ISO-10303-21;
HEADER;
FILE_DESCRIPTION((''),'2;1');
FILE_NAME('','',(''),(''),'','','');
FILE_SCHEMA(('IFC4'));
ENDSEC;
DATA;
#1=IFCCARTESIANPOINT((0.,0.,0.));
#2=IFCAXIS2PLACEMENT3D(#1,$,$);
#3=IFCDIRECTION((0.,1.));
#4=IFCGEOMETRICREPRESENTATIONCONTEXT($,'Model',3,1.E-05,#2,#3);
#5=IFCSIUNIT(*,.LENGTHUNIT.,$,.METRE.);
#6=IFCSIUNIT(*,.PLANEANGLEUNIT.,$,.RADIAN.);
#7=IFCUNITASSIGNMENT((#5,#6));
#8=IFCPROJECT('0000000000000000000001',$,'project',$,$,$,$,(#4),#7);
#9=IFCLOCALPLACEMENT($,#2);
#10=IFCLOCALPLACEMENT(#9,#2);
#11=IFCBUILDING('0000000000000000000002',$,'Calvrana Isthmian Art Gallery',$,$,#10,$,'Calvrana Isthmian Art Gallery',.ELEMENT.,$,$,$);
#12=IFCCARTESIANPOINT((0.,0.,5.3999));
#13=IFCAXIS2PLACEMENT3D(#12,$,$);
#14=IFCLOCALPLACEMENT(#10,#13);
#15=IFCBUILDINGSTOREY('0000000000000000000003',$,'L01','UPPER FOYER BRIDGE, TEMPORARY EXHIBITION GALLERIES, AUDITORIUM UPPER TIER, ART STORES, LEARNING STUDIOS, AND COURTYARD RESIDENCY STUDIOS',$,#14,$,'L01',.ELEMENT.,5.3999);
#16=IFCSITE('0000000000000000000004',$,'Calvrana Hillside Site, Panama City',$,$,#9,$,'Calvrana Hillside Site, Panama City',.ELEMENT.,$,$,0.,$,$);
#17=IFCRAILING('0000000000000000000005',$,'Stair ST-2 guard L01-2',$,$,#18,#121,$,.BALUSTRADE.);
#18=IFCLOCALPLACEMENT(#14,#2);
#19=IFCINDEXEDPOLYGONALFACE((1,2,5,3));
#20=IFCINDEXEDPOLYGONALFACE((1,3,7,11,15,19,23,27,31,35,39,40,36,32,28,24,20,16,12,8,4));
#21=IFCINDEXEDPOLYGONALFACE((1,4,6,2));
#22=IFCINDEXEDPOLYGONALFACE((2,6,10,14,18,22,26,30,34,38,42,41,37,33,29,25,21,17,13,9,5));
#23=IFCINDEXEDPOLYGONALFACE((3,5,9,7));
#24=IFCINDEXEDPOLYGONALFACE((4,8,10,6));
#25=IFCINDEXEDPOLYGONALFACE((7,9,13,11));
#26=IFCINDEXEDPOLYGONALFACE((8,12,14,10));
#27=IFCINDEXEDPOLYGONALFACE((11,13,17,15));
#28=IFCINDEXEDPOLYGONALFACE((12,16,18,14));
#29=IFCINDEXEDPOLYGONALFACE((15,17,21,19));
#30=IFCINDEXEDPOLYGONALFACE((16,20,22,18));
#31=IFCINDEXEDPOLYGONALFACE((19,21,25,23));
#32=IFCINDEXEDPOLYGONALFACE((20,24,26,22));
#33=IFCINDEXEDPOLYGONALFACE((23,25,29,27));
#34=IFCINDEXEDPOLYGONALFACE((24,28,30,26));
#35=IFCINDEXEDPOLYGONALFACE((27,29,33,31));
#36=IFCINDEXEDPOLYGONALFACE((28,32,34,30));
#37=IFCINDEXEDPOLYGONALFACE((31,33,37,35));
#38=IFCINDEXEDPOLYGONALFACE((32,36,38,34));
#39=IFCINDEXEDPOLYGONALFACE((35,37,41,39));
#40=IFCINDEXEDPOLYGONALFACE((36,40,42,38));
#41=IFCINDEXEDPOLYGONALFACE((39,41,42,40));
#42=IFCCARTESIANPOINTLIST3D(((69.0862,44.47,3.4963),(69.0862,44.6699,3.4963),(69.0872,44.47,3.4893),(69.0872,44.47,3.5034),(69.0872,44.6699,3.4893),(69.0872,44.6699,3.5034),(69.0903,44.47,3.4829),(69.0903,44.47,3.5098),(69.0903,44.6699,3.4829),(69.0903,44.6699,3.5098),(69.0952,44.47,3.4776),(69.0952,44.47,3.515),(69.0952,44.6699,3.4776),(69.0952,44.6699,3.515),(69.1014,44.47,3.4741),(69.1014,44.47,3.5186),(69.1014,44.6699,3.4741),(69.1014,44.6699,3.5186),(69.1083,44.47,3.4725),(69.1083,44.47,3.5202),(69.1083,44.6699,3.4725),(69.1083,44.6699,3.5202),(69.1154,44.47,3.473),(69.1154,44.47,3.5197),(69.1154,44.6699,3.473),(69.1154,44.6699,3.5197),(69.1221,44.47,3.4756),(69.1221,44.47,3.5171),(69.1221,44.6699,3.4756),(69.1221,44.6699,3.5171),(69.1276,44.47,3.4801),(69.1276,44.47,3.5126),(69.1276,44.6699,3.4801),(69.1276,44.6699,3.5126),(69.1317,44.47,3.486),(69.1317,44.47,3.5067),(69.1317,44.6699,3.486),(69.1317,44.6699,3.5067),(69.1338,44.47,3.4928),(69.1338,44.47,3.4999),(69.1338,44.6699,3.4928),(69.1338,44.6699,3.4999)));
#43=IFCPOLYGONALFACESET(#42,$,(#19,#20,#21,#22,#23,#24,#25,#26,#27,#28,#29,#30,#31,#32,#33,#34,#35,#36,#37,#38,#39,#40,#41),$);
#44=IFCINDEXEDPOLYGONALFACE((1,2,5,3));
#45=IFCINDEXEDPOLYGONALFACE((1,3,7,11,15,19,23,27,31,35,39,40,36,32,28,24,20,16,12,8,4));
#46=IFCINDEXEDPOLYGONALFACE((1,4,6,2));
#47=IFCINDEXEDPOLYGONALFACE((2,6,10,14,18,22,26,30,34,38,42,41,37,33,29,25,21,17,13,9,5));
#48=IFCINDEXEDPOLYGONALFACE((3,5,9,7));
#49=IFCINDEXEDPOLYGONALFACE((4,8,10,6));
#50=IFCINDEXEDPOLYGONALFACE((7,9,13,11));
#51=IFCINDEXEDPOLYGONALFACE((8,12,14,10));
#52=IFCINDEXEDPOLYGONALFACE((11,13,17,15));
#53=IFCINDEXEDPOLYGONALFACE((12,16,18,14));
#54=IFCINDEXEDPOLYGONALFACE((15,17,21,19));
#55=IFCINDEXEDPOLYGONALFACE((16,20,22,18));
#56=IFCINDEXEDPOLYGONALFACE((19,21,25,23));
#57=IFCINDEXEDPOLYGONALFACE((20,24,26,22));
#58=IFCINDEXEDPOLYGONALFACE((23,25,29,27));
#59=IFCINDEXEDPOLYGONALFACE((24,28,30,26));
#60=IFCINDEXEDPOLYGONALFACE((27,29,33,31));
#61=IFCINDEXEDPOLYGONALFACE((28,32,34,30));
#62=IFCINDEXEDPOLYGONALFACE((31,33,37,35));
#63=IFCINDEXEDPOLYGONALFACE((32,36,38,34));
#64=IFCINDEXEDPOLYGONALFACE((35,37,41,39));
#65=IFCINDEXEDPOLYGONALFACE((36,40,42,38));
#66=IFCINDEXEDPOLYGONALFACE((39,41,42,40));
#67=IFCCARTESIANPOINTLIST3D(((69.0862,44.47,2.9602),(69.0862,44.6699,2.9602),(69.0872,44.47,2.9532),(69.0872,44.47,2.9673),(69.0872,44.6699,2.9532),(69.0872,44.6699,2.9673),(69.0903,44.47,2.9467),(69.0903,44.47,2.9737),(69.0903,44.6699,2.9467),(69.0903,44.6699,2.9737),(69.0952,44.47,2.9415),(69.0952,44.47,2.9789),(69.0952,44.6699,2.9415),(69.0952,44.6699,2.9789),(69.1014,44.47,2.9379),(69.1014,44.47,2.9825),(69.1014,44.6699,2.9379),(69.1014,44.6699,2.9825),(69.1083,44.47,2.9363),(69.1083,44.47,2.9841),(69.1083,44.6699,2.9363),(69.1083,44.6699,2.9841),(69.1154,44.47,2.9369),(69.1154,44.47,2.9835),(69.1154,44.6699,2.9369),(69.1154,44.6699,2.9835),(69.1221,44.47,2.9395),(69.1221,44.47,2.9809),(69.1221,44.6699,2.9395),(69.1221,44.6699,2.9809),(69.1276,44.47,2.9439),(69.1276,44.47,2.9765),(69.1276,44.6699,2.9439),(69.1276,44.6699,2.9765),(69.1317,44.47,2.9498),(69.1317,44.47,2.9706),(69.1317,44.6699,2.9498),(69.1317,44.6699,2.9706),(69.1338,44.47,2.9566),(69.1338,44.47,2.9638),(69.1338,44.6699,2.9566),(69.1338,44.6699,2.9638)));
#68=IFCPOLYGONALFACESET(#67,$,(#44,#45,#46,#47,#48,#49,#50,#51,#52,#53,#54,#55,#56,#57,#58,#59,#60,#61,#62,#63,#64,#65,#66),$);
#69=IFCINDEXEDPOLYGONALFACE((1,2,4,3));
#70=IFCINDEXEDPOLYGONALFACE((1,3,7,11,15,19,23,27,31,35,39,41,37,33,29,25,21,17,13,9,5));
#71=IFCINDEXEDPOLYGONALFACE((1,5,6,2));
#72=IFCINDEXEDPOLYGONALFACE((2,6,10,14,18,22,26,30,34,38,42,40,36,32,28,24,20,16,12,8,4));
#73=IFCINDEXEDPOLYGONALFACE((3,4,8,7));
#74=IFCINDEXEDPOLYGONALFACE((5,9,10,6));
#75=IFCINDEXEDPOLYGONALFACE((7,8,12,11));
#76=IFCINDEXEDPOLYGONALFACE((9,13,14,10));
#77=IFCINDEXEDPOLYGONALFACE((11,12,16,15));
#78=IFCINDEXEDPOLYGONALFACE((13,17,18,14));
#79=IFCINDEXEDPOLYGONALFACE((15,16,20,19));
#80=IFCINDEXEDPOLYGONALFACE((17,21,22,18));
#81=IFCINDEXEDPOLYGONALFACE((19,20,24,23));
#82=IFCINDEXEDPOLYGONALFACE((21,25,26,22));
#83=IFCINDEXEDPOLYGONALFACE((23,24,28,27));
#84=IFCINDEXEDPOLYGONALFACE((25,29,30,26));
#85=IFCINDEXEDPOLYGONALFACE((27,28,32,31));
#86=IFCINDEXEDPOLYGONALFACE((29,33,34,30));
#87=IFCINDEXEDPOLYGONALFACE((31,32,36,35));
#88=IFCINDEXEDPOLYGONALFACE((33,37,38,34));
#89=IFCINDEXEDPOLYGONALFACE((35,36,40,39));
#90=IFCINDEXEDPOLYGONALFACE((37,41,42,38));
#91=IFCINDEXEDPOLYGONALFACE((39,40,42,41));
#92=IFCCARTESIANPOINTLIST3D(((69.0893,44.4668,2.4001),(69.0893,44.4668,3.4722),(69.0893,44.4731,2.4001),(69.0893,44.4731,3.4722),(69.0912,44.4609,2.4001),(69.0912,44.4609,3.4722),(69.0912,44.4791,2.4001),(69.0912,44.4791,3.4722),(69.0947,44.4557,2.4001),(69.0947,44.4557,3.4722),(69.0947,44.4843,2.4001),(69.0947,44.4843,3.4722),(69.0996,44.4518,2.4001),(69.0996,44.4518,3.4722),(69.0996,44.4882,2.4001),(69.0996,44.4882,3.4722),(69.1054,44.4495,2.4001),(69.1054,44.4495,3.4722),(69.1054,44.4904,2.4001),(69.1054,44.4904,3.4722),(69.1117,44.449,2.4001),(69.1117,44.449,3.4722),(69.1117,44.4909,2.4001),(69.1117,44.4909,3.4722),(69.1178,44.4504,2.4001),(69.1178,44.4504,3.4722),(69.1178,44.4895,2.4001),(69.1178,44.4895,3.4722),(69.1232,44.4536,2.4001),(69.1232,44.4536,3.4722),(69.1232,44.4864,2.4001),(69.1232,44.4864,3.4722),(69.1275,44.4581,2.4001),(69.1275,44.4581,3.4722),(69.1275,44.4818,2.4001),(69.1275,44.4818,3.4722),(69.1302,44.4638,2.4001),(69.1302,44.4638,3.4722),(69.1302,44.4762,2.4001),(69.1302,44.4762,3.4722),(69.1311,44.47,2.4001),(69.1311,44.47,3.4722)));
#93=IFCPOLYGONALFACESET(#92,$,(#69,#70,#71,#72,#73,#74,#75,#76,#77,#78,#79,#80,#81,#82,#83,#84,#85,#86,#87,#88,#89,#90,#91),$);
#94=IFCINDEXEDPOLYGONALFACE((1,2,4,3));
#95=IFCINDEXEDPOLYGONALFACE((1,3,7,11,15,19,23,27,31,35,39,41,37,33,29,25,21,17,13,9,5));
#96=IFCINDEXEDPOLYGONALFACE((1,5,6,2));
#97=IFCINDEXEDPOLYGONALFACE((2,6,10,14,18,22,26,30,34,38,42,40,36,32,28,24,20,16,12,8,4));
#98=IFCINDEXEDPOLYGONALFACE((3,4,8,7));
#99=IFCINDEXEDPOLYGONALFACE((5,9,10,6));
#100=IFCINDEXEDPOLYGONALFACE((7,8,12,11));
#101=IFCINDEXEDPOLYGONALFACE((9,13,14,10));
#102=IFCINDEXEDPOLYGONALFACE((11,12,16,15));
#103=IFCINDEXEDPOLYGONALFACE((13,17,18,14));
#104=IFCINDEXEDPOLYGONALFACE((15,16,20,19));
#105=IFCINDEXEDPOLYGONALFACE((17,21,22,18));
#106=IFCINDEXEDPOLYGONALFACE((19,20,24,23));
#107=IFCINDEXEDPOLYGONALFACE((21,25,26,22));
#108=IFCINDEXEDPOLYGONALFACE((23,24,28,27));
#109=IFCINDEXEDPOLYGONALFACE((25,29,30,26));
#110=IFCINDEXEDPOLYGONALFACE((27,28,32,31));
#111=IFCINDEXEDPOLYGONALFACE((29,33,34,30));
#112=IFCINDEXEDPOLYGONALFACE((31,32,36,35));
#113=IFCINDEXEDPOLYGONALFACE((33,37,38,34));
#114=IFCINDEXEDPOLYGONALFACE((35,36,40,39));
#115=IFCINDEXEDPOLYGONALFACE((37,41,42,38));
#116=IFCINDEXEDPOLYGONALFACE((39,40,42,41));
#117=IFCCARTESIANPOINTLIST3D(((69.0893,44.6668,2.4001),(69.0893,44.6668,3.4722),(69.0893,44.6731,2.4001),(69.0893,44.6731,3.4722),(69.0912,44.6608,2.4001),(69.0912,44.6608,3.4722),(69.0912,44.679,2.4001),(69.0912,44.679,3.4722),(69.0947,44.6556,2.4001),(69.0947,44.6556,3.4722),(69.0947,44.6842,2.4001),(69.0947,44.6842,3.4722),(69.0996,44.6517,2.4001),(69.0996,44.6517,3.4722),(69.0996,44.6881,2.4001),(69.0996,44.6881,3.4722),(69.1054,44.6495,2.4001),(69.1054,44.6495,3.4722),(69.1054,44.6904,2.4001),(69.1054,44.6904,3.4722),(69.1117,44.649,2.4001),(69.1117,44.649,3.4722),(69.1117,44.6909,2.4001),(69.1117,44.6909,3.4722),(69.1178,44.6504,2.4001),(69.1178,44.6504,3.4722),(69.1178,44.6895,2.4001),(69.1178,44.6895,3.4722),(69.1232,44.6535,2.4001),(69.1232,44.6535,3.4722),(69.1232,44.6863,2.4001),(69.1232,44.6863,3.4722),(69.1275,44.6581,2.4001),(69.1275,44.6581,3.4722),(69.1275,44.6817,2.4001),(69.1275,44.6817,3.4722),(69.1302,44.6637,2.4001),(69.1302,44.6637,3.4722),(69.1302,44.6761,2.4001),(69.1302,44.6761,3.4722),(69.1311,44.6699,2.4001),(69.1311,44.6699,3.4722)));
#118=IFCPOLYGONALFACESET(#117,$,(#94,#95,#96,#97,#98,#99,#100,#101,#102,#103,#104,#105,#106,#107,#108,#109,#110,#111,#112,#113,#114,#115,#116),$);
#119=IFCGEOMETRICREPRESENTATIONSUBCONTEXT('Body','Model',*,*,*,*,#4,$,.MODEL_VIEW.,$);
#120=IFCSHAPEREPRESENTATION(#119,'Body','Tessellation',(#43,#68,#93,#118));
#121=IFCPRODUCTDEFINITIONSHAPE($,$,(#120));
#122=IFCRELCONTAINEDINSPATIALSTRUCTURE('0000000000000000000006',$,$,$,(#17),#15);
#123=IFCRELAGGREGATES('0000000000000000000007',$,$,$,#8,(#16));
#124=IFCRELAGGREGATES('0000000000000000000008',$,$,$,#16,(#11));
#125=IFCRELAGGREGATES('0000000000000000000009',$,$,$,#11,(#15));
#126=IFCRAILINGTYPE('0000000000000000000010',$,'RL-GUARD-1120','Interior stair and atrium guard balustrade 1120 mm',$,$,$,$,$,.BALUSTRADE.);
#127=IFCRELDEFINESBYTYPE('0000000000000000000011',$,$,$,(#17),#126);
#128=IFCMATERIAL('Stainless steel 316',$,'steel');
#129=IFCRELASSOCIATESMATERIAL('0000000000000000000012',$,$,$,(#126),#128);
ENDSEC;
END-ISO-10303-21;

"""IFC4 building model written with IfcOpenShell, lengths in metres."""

from ifc_helpers import new_model, si_unit, direction, frame, origin, origin_2d, place, context, subcontext, project, spatial, circle, extrude, material, type_object, element, save


model = new_model("IFC4")

# Units and contexts
model_context = context("Model", 3, precision=1e-05, world=origin(), true_north=direction((0.0, 1.0)))
body_context = subcontext(model_context, "Body", "Model", "MODEL_VIEW")
ifc_project = project(units=[si_unit("LENGTHUNIT", "METRE"), si_unit("PLANEANGLEUNIT", "RADIAN")], contexts=[model_context])

# Site, building, storey
site_placement = place(None, origin())
site = spatial("IfcSite", under=ifc_project, at=site_placement, Name="Calvrana Hillside Site, Panama City", LongName="Calvrana Hillside Site, Panama City", CompositionType="ELEMENT", RefElevation=0.0)
building_placement = place(site_placement, origin())
building = spatial("IfcBuilding", under=site, at=building_placement, Name="Calvrana Isthmian Art Gallery", LongName="Calvrana Isthmian Art Gallery", CompositionType="ELEMENT")
storey_placement = place(building_placement, frame((0.0, 0.0, 5.3999)))
storey = spatial("IfcBuildingStorey", under=building, at=storey_placement, Name="L01", Description="UPPER FOYER BRIDGE, TEMPORARY EXHIBITION GALLERIES, AUDITORIUM UPPER TIER, ART STORES, LEARNING STUDIOS, AND COURTYARD RESIDENCY STUDIOS", LongName="L01", CompositionType="ELEMENT", Elevation=5.3999)

# Railing
ifc_material_1 = material(Name="Stainless steel 316", Category="steel")
railing_type_1 = type_object("IfcRailingType", Name="RL-GUARD-1120", Description="Interior stair and atrium guard balustrade 1120 mm", PredefinedType="BALUSTRADE", material=ifc_material_1)
railing_1_placement = place(storey_placement, frame((69.1101, 44.47, 2.4001)))
element("IfcRailing", 1, at=railing_1_placement, inside=storey, type_object=railing_type_1, Name="Stair ST-2 guard L01-2", PredefinedType="BALUSTRADE", context=body_context, shape_type="SweptSolid", body=[
    extrude(circle(Radius=0.0239, at=origin_2d()), frame((0.0, 0.0, 1.0962), z_axis=(0.0, 1.0, 0.0), x_axis=(-1.0, 0.0, 0.0)), (0.0, 0.0, 1.0), 0.2),
    extrude(circle(Radius=0.0239, at=origin_2d()), frame((0.0, 0.0, 0.5601), z_axis=(0.0, 1.0, 0.0), x_axis=(-1.0, 0.0, 0.0)), (0.0, 0.0, 1.0), 0.2),
    extrude(circle(Radius=0.021, at=origin_2d()), origin(), (0.0, 0.0, 1.0), 1.072),
    extrude(circle(Radius=0.021, at=origin_2d()), frame((0.0, 0.2, 0.0)), (0.0, 0.0, 1.0), 1.072),
])

save(model, "model.ifc")
